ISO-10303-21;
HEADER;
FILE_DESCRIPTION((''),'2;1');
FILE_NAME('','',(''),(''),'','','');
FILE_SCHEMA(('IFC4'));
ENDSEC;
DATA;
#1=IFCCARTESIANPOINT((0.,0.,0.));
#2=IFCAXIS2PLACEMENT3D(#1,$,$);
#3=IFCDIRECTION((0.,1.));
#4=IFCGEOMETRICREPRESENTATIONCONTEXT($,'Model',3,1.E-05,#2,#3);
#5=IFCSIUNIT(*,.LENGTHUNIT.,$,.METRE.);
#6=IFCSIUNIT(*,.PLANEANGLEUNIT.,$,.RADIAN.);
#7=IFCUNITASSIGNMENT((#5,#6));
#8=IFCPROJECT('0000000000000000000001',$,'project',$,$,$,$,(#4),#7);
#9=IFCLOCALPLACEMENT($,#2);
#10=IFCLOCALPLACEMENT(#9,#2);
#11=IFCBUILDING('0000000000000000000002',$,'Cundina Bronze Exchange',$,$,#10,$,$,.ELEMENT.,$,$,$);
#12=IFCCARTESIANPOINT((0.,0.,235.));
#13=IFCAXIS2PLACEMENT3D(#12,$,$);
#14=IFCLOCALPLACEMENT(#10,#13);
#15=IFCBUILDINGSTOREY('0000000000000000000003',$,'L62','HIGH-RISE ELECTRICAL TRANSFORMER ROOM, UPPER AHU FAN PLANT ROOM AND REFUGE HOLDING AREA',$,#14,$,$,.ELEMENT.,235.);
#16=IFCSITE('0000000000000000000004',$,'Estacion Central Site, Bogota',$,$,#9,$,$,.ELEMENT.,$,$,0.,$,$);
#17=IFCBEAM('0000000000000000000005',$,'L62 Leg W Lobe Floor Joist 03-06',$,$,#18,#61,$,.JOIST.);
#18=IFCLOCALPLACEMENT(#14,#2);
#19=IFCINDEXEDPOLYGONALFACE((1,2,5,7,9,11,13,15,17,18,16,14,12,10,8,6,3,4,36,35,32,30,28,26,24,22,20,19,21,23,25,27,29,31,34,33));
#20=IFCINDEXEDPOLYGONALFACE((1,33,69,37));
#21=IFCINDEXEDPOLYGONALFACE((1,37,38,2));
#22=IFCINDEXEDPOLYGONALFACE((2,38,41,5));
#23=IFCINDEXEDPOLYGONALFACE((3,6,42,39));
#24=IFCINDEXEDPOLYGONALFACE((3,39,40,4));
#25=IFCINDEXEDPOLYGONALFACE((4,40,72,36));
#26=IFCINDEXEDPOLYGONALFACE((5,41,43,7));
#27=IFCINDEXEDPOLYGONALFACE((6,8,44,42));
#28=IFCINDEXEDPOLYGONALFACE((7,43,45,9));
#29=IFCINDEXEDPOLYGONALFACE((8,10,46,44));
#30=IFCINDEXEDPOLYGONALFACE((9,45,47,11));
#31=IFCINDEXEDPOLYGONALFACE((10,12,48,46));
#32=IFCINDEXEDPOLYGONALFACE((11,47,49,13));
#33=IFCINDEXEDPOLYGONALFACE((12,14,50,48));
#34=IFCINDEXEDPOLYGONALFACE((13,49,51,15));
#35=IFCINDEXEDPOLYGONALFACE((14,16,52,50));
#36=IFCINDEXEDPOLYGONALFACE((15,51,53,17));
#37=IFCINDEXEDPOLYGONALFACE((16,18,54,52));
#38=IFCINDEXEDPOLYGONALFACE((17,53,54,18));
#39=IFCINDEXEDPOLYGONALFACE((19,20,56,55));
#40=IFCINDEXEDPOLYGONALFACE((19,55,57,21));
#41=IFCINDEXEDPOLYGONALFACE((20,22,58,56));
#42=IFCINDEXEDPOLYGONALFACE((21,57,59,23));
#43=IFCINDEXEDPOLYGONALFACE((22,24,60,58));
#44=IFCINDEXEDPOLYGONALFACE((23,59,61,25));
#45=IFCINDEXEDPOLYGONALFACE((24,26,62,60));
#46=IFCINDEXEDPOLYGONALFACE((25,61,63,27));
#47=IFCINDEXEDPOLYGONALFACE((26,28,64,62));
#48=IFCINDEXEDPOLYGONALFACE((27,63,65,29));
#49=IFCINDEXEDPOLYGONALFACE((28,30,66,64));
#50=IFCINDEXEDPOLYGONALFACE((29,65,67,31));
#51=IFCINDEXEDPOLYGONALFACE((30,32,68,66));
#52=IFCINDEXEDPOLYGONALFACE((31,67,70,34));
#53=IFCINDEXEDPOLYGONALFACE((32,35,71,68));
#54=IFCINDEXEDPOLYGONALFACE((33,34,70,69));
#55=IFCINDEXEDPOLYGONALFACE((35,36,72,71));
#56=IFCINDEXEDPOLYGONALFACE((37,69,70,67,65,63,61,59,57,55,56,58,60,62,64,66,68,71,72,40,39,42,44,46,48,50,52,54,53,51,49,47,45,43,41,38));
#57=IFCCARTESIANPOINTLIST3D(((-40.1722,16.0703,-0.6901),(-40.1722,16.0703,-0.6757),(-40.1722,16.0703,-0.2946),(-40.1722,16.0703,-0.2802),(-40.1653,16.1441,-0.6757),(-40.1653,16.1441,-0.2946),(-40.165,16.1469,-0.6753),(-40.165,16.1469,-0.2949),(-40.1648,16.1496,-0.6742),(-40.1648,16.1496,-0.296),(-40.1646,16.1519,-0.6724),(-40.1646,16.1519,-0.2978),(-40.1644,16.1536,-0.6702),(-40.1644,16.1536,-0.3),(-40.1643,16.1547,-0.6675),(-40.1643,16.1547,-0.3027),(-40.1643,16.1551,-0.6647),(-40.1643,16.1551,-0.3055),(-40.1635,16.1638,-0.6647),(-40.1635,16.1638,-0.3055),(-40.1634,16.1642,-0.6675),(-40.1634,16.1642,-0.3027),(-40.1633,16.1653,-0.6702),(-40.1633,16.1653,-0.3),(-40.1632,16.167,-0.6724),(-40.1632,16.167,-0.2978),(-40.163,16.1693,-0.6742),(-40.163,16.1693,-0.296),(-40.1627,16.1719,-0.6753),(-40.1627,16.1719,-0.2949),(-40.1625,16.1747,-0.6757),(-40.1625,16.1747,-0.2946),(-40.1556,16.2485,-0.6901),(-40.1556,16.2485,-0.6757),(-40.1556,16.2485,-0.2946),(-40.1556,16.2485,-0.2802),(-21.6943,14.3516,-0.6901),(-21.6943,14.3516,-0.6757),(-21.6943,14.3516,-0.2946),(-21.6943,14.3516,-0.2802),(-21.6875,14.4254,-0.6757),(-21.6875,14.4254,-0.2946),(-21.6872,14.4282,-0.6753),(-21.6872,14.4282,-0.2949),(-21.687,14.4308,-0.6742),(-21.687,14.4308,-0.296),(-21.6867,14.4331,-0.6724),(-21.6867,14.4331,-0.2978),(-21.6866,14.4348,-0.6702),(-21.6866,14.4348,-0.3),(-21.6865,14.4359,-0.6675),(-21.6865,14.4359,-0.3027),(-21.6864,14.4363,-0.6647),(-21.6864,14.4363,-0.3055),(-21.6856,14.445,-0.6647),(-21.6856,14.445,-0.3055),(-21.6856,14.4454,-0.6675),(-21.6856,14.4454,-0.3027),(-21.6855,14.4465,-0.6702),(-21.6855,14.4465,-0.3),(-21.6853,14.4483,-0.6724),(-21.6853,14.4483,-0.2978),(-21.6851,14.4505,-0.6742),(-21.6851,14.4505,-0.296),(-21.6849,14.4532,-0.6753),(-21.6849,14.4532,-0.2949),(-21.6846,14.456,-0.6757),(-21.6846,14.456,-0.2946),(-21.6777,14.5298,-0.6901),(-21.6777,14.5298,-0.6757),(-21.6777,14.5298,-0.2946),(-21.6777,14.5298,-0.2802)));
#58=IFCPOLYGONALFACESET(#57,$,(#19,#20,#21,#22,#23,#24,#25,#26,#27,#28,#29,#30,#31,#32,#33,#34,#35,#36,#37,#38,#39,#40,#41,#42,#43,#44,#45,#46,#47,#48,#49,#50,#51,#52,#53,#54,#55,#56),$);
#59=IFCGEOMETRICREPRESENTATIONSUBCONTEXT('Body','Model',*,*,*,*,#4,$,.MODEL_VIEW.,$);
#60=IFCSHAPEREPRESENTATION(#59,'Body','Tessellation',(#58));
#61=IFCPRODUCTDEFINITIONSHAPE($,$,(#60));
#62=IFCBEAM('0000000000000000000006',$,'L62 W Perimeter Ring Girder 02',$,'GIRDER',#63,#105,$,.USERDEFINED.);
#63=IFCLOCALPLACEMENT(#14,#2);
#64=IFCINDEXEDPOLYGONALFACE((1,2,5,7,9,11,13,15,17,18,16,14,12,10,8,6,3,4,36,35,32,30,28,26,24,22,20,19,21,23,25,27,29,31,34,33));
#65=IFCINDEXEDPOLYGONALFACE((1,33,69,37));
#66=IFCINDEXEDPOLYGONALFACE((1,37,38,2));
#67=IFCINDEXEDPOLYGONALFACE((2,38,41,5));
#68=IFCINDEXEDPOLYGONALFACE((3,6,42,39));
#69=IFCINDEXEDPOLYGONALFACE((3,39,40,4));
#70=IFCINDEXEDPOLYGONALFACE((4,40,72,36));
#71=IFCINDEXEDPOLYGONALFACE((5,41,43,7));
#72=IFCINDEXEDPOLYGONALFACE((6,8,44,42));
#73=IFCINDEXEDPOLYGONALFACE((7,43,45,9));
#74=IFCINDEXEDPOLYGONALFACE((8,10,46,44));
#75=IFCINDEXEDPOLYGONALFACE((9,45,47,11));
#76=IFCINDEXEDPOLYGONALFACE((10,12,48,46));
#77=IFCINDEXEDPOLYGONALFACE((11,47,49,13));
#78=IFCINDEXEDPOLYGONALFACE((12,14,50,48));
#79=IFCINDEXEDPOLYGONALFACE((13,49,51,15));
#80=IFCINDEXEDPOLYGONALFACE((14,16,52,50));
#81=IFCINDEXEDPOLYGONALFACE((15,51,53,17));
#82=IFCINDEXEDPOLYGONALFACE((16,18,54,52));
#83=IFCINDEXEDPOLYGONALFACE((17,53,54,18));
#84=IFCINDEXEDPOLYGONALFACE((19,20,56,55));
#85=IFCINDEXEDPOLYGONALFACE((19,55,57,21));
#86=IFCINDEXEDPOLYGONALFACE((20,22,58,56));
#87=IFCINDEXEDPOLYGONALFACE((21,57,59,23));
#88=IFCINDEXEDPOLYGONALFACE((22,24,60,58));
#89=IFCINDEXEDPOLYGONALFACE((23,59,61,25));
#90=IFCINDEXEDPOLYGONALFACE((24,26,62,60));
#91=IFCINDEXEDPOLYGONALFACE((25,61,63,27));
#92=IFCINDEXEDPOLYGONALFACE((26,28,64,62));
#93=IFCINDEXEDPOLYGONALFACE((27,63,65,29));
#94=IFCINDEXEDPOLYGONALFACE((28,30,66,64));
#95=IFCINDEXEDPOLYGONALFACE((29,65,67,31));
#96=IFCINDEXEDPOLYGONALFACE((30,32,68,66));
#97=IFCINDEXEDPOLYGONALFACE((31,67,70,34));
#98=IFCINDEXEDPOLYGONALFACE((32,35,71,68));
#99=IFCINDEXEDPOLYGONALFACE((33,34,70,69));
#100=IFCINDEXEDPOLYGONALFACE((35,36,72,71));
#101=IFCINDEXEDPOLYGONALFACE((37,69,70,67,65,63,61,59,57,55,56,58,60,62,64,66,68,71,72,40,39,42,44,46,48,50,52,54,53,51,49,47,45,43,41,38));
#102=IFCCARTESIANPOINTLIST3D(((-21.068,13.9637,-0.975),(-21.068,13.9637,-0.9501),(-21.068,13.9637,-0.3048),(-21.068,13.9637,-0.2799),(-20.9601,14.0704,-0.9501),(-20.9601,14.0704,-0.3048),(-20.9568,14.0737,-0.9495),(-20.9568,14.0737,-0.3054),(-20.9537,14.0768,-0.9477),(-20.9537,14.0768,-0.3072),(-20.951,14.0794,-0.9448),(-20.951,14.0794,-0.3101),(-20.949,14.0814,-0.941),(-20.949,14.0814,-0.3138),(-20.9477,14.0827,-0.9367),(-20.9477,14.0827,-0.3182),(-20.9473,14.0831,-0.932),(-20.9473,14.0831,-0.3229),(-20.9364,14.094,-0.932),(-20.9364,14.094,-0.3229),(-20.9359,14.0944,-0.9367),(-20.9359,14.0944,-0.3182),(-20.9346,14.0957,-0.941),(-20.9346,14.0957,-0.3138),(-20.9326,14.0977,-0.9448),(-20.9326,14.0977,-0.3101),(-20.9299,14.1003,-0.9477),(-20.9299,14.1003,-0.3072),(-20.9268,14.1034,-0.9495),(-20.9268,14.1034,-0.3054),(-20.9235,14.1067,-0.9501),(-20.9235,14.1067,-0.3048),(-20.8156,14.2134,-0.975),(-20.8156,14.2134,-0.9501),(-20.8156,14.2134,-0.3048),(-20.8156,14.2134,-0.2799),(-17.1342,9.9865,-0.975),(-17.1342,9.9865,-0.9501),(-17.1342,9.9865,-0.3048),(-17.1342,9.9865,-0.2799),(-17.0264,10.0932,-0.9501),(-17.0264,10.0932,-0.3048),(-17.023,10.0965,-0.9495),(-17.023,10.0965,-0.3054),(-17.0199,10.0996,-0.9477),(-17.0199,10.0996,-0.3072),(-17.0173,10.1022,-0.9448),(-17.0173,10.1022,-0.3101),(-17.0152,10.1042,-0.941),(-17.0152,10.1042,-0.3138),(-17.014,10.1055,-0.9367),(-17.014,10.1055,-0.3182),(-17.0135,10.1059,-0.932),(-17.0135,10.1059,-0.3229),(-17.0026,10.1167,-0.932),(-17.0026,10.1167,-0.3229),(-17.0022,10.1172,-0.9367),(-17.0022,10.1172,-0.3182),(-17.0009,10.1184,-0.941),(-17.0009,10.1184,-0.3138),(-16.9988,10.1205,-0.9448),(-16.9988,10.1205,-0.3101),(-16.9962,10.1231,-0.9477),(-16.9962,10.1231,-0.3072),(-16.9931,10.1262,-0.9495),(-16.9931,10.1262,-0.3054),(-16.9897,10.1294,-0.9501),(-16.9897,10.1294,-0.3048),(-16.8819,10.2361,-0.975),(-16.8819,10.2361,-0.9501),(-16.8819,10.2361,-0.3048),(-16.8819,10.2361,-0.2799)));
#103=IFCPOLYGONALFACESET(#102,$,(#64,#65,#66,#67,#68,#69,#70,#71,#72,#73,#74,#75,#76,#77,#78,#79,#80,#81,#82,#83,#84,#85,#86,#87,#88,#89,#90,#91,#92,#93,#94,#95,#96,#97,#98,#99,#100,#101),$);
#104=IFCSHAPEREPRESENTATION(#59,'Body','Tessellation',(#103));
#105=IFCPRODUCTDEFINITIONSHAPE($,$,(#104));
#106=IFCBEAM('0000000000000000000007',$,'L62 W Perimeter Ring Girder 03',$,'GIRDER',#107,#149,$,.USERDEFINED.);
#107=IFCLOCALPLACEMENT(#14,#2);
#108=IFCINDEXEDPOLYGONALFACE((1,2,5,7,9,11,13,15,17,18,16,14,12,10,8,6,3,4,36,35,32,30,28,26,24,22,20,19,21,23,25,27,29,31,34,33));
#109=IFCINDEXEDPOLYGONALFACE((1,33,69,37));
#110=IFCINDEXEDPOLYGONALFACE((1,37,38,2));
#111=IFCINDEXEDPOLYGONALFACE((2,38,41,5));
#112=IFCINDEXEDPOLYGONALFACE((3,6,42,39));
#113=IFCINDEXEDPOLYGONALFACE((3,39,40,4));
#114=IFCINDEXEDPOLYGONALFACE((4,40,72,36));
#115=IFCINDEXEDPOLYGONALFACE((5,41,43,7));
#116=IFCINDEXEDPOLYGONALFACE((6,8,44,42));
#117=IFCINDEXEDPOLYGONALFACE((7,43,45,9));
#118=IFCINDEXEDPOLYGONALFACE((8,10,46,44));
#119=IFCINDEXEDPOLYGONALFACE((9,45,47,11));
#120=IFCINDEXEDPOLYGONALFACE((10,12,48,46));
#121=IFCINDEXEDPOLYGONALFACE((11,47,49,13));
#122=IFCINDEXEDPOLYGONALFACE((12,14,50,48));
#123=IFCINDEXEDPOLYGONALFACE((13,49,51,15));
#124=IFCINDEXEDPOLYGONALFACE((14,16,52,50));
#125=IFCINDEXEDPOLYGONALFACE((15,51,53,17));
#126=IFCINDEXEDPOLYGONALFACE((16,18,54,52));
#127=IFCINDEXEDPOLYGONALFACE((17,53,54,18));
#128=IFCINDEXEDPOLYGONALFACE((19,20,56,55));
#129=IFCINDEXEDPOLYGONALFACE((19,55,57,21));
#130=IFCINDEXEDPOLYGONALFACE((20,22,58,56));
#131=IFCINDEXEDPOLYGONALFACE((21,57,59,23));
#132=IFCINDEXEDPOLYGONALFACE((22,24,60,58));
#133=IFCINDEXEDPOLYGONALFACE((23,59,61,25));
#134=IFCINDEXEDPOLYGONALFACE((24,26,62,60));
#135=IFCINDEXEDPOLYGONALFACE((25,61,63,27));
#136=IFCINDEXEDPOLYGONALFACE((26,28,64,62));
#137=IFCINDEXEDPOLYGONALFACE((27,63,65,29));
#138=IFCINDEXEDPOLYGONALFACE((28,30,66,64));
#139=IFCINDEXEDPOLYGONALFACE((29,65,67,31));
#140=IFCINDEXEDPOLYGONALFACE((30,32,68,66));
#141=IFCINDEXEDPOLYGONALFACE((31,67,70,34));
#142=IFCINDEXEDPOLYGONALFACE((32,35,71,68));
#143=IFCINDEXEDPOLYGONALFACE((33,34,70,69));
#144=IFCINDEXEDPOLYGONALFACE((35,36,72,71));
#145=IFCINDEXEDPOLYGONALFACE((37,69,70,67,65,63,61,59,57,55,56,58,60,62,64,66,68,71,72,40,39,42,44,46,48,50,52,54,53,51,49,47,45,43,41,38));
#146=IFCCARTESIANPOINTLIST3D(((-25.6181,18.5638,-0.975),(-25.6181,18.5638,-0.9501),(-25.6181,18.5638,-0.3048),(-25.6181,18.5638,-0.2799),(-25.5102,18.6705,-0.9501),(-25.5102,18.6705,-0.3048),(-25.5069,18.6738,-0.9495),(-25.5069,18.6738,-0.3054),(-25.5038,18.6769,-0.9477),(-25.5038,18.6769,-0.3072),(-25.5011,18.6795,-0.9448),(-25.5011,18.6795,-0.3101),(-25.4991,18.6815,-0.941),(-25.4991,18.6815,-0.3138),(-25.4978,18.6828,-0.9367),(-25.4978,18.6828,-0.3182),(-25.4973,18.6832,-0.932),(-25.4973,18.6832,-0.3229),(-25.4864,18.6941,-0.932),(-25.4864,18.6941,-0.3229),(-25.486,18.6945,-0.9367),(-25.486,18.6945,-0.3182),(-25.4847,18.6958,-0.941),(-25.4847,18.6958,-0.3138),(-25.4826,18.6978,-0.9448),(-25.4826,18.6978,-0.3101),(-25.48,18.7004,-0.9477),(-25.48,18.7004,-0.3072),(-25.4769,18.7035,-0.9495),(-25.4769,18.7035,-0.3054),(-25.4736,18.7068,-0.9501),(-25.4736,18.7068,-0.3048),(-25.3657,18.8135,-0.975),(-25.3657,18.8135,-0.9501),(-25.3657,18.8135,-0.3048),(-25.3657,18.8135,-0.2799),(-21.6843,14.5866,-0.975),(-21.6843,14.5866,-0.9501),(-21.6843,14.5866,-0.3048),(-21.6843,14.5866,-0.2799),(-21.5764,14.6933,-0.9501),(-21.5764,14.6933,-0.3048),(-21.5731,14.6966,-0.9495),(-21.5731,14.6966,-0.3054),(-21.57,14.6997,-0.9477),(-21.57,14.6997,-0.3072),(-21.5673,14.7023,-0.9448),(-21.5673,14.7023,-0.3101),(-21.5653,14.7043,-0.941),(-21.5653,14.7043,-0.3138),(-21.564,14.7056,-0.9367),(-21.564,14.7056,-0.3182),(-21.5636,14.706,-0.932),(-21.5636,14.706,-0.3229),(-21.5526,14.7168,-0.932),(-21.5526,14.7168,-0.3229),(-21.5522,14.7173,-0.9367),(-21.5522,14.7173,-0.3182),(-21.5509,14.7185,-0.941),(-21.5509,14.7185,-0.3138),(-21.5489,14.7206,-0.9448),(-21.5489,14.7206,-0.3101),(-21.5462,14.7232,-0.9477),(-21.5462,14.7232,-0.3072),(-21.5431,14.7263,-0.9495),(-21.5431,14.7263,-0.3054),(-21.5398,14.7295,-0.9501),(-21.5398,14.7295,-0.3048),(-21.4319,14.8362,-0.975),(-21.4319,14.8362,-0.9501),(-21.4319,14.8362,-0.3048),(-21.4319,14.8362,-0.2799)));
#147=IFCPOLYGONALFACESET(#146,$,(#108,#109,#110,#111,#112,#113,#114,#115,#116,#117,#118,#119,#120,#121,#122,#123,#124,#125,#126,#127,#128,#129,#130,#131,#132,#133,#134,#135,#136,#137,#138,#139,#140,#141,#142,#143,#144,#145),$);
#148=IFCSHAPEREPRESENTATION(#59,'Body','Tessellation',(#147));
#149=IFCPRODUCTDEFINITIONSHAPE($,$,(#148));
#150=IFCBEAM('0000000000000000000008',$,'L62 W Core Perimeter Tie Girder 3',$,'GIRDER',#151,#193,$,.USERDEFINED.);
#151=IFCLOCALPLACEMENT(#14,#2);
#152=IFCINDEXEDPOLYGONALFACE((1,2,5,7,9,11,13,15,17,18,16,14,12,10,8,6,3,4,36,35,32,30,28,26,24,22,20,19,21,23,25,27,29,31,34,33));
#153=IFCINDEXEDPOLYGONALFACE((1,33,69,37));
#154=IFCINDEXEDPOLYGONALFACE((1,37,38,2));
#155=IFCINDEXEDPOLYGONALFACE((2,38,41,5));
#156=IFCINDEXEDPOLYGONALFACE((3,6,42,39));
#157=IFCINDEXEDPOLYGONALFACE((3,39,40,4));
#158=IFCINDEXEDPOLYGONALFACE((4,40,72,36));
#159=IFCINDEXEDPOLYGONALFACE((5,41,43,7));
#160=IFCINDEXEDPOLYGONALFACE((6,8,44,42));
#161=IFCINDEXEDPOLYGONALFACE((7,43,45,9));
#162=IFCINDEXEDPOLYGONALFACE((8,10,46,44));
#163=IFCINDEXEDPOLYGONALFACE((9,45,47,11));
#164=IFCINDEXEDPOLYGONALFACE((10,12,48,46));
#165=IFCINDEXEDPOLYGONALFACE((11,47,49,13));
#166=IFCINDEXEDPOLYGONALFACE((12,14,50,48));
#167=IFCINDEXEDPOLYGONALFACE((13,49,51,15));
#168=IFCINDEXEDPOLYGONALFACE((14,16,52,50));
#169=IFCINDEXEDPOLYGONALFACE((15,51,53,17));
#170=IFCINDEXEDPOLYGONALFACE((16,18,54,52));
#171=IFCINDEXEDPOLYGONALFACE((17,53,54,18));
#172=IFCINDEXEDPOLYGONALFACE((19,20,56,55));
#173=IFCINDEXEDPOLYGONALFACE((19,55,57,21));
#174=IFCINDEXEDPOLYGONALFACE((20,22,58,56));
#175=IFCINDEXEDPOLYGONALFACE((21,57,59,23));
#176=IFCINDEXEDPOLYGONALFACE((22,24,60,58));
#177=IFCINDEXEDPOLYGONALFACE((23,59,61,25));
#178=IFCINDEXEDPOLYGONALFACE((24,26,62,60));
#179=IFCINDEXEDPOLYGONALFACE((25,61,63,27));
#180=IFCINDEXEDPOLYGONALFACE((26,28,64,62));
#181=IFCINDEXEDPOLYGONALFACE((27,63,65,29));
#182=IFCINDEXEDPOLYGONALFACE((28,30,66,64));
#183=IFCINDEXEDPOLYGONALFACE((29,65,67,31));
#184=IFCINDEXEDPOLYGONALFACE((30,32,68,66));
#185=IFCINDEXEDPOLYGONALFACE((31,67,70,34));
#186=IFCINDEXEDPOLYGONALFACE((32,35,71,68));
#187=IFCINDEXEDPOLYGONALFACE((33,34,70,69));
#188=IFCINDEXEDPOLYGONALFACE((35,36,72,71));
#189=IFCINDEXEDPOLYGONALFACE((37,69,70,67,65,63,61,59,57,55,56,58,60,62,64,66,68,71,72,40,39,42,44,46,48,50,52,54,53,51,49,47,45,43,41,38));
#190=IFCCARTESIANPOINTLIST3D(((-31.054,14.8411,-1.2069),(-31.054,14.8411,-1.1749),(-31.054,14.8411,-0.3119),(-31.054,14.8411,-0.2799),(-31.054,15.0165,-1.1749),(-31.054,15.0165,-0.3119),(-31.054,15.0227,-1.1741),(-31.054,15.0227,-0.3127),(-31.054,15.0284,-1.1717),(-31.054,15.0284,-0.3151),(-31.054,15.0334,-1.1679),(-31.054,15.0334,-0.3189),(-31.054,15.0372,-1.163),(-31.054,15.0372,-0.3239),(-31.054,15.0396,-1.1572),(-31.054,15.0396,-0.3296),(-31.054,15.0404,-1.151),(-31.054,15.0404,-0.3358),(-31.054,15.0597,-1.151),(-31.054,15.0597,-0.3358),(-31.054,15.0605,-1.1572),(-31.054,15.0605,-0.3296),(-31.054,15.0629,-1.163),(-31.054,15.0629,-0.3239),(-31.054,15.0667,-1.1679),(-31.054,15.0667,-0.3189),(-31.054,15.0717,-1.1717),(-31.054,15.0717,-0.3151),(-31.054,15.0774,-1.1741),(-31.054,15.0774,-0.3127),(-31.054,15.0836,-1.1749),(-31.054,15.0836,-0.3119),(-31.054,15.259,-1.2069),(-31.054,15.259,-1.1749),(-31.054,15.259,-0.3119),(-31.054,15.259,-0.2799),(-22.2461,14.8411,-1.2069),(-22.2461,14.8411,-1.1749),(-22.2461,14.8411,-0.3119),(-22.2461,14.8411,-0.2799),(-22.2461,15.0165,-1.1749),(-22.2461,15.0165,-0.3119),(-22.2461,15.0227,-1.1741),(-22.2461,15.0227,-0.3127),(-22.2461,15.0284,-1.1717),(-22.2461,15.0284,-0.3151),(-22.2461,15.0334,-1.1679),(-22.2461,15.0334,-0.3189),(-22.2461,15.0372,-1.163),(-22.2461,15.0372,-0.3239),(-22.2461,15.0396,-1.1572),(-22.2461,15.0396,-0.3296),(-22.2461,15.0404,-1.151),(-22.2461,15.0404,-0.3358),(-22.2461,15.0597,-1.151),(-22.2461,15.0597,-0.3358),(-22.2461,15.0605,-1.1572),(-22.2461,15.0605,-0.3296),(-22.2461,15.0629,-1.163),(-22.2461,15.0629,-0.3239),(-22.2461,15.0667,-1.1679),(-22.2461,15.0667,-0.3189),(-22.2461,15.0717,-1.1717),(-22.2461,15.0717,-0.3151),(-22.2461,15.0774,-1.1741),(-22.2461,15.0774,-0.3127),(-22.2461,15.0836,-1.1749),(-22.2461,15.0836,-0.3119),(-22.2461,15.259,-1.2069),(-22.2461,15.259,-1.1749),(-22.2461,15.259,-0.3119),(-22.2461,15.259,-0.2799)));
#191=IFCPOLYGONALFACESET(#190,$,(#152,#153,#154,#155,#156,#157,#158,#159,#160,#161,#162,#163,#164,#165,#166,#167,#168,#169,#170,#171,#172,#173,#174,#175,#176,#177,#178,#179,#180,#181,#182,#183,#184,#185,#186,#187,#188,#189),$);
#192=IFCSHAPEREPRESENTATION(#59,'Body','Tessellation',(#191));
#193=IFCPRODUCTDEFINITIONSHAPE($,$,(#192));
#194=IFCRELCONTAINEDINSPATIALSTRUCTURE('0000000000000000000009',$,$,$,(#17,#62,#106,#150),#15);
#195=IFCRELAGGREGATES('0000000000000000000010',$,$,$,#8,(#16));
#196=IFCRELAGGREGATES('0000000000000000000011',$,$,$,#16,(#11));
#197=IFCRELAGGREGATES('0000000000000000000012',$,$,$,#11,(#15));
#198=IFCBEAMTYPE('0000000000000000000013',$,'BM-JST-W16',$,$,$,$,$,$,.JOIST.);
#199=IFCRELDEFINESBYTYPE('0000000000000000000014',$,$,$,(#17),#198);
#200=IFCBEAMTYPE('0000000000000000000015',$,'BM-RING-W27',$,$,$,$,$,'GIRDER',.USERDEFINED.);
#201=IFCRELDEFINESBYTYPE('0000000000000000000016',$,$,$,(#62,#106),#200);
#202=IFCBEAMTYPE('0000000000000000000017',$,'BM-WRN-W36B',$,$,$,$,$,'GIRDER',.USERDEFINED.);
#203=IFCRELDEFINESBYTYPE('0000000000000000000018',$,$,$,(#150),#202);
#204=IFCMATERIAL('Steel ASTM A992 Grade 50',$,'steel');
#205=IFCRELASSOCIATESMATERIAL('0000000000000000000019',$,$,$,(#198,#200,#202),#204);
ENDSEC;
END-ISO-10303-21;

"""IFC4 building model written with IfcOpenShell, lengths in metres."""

from ifc_helpers import new_model, si_unit, direction, frame, origin, origin_2d, place, context, subcontext, project, spatial, i_section, extrude, material, material_profile, profile_set, type_object, element, save


model = new_model("IFC4")

# Units and contexts
model_context = context("Model", 3, precision=1e-05, world=origin(), true_north=direction((0.0, 1.0)))
body_context = subcontext(model_context, "Body", "Model", "MODEL_VIEW")
ifc_project = project(units=[si_unit("LENGTHUNIT", "METRE"), si_unit("PLANEANGLEUNIT", "RADIAN")], contexts=[model_context])

# Site, building, storey
site_placement = place(None, origin())
site = spatial("IfcSite", under=ifc_project, at=site_placement, Name="Estacion Central Site, Bogota", CompositionType="ELEMENT", RefElevation=0.0)
building_placement = place(site_placement, origin())
building = spatial("IfcBuilding", under=site, at=building_placement, Name="Cundina Bronze Exchange", CompositionType="ELEMENT")
storey_placement = place(building_placement, frame((0.0, 0.0, 235.0)))
storey = spatial("IfcBuildingStorey", under=building, at=storey_placement, Name="L62", Description="HIGH-RISE ELECTRICAL TRANSFORMER ROOM, UPPER AHU FAN PLANT ROOM AND REFUGE HOLDING AREA", CompositionType="ELEMENT", Elevation=235.0)

# Shared definitions
ifc_material_1 = material(Name="Steel ASTM A992 Grade 50", Category="steel")

# Beams
ifc_material_profile_1 = material_profile(ifc_material_1, i_section(OverallWidth=0.179, OverallDepth=0.4099, WebThickness=0.0088, FlangeThickness=0.0144, FilletRadius=0.011, at=origin_2d()), Name="W16X45", Category="steel")
ifc_profile_set_1 = profile_set([ifc_material_profile_1], Name="Steel ASTM A992 Grade 50")
beam_type_1 = type_object("IfcBeamType", Name="BM-JST-W16", PredefinedType="JOIST", material=ifc_profile_set_1)
beam_1_placement = place(storey_placement, frame((-21.686, 14.4407, -0.4851), z_axis=(-0.995702, 0.092617, 0.0), x_axis=(-0.092617, -0.995702, 0.0)))
element("IfcBeam", 1, at=beam_1_placement, inside=storey, type_object=beam_type_1, Name="L62 Leg W Lobe Floor Joist 03-06", PredefinedType="JOIST", context=body_context, shape_type="SweptSolid", body=[
    extrude(i_section(OverallWidth=0.179, OverallDepth=0.4099, WebThickness=0.0088, FlangeThickness=0.0144, FilletRadius=0.011, at=origin_2d()), origin(), (0.0, 0.0, 1.0), 18.5576),
])
ifc_material_profile_2 = material_profile(ifc_material_1, i_section(OverallWidth=0.355, OverallDepth=0.6951, WebThickness=0.0154, FlangeThickness=0.0249, FilletRadius=0.0181, at=origin_2d()), Name="W27X146", Category="steel")
ifc_profile_set_2 = profile_set([ifc_material_profile_2], Name="Steel ASTM A992 Grade 50")
beam_type_2 = type_object("IfcBeamType", Name="BM-RING-W27", ElementType="GIRDER", PredefinedType="USERDEFINED", material=ifc_profile_set_2)
for number, where, z_axis, x_axis, name in (
    (2, (-17.0081, 10.1113, -0.6274), (-0.703212, 0.71098, 0.0), (-0.71098, -0.703212, 0.0), "L62 W Perimeter Ring Girder 02"),
    (3, (-21.5581, 14.7114, -0.6274), (-0.703212, 0.71098, 0.0), (-0.71098, -0.703212, 0.0), "L62 W Perimeter Ring Girder 03"),
):
    element("IfcBeam", number, at=place(storey_placement, frame(where, z_axis=z_axis, x_axis=x_axis)), inside=storey, type_object=beam_type_2, Name=name, ObjectType="GIRDER", PredefinedType="USERDEFINED", context=body_context, shape_type="SweptSolid", body=[
        extrude(i_section(OverallWidth=0.355, OverallDepth=0.6951, WebThickness=0.0154, FlangeThickness=0.0249, FilletRadius=0.0181, at=origin_2d()), origin(), (0.0, 0.0, 1.0), 5.594),
    ])
ifc_material_profile_3 = material_profile(ifc_material_1, i_section(OverallWidth=0.418, OverallDepth=0.927, WebThickness=0.0193, FlangeThickness=0.032, FilletRadius=0.0239, at=origin_2d()), Name="W36X231", Category="steel")
ifc_profile_set_3 = profile_set([ifc_material_profile_3], Name="Steel ASTM A992 Grade 50")
beam_type_3 = type_object("IfcBeamType", Name="BM-WRN-W36B", ElementType="GIRDER", PredefinedType="USERDEFINED", material=ifc_profile_set_3)
beam_2_placement = place(storey_placement, frame((-22.2461, 15.05, -0.7434), z_axis=(-1.0, 0.0, 0.0), x_axis=(0.0, -1.0, 0.0)))
element("IfcBeam", 4, at=beam_2_placement, inside=storey, type_object=beam_type_3, Name="L62 W Core Perimeter Tie Girder 3", ObjectType="GIRDER", PredefinedType="USERDEFINED", context=body_context, shape_type="SweptSolid", body=[
    extrude(i_section(OverallWidth=0.418, OverallDepth=0.927, WebThickness=0.0193, FlangeThickness=0.032, FilletRadius=0.0239, at=origin_2d()), origin(), (0.0, 0.0, 1.0), 8.8079),
])

save(model, "model.ifc")
